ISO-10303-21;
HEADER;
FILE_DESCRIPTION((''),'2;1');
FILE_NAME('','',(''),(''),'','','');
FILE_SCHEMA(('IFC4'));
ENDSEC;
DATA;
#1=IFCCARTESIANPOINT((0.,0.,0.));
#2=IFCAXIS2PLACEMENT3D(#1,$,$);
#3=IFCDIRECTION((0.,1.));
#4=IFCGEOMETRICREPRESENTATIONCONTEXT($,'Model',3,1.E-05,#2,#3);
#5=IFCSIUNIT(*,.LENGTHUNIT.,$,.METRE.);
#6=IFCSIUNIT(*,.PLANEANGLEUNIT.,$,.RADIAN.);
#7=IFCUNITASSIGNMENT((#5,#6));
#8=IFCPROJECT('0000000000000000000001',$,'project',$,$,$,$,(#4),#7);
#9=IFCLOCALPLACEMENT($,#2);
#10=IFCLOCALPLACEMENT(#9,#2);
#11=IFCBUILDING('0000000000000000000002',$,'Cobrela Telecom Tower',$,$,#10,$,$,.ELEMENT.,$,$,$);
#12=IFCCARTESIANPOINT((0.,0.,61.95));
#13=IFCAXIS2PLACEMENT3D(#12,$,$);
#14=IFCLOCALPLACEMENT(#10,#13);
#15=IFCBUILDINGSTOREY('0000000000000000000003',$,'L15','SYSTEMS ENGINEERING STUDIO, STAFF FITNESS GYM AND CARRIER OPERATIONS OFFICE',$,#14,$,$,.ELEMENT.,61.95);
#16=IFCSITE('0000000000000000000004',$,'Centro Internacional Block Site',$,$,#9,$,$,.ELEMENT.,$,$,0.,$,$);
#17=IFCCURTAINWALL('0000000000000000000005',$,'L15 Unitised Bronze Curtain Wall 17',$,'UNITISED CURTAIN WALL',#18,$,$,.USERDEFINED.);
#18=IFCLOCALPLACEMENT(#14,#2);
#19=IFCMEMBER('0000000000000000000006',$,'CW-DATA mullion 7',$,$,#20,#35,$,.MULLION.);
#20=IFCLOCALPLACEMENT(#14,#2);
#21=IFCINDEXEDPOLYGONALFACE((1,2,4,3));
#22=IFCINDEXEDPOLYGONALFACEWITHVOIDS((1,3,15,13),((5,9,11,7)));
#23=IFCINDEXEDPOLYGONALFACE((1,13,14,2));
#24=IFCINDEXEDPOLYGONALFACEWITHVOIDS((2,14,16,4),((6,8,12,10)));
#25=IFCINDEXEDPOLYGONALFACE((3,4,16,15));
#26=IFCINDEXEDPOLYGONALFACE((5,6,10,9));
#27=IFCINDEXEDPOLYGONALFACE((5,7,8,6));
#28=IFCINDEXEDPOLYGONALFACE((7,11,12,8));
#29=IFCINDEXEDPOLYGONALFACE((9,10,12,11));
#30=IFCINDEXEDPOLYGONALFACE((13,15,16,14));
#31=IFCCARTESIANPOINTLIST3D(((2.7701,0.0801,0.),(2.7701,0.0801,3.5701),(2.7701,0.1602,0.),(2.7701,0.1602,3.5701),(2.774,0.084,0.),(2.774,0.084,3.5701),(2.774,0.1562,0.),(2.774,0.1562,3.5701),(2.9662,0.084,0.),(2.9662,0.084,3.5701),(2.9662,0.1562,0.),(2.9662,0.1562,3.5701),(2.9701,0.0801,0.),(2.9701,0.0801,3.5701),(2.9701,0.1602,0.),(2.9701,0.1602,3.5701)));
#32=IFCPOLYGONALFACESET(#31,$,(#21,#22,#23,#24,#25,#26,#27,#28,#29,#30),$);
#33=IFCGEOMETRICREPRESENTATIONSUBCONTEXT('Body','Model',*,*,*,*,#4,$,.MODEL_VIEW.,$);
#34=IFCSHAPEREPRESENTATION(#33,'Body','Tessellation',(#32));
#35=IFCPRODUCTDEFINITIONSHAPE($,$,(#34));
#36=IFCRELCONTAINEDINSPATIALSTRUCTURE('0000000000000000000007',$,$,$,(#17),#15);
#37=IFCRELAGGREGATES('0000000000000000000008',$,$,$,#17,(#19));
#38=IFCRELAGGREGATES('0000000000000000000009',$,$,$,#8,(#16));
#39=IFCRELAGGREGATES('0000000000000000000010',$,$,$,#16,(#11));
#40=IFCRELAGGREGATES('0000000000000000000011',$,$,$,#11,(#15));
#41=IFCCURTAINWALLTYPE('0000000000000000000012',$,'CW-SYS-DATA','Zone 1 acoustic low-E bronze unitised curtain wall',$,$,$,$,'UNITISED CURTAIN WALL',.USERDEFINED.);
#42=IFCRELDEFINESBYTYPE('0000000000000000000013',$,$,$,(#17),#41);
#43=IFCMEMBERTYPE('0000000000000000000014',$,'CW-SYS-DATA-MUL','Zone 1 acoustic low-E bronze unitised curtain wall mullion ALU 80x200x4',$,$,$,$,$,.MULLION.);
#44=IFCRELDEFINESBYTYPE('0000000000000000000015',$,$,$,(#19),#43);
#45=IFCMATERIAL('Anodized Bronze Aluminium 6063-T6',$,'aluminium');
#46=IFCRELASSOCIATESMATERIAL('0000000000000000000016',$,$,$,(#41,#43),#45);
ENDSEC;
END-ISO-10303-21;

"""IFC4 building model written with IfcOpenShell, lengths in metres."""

from ifc_helpers import new_model, si_unit, direction, frame, origin, origin_2d, place, context, subcontext, project, spatial, hollow_rectangle, extrude, material, material_profile, profile_set, type_object, element, aggregate, save


model = new_model("IFC4")

# Units and contexts
model_context = context("Model", 3, precision=1e-05, world=origin(), true_north=direction((0.0, 1.0)))
body_context = subcontext(model_context, "Body", "Model", "MODEL_VIEW")
ifc_project = project(units=[si_unit("LENGTHUNIT", "METRE"), si_unit("PLANEANGLEUNIT", "RADIAN")], contexts=[model_context])

# Site, building, storey
site_placement = place(None, origin())
site = spatial("IfcSite", under=ifc_project, at=site_placement, Name="Centro Internacional Block Site", CompositionType="ELEMENT", RefElevation=0.0)
building_placement = place(site_placement, origin())
building = spatial("IfcBuilding", under=site, at=building_placement, Name="Cobrela Telecom Tower", CompositionType="ELEMENT")
storey_placement = place(building_placement, frame((0.0, 0.0, 61.95)))
storey = spatial("IfcBuildingStorey", under=building, at=storey_placement, Name="L15", Description="SYSTEMS ENGINEERING STUDIO, STAFF FITNESS GYM AND CARRIER OPERATIONS OFFICE", CompositionType="ELEMENT", Elevation=61.95)

# Curtain wall, member
ifc_material_1 = material(Name="Anodized Bronze Aluminium 6063-T6", Category="aluminium")
curtain_wall_type = type_object("IfcCurtainWallType", Name="CW-SYS-DATA", Description="Zone 1 acoustic low-E bronze unitised curtain wall", ElementType="UNITISED CURTAIN WALL", PredefinedType="USERDEFINED", material=ifc_material_1)
curtain_wall_placement = place(storey_placement, origin())
curtain_wall = element("IfcCurtainWall", 1, at=curtain_wall_placement, inside=storey, type_object=curtain_wall_type, Name="L15 Unitised Bronze Curtain Wall 17", ObjectType="UNITISED CURTAIN WALL", PredefinedType="USERDEFINED")
ifc_material_profile = material_profile(ifc_material_1, hollow_rectangle(XDim=0.0801, YDim=0.2, WallThickness=0.0039, at=origin_2d()), Name="ALU 80x200x4")
ifc_profile_set = profile_set([ifc_material_profile], Name="Anodized Bronze Aluminium 6063-T6")
member_type = type_object("IfcMemberType", Name="CW-SYS-DATA-MUL", Description="Zone 1 acoustic low-E bronze unitised curtain wall mullion ALU 80x200x4", PredefinedType="MULLION", material=ifc_profile_set)
member_placement = place(storey_placement, frame((2.8701, 0.1201, 0.0), z_axis=(0.0, 0.0, 1.0), x_axis=(0.0, -1.0, 0.0)))
member = element("IfcMember", 2, at=member_placement, type_object=member_type, Name="CW-DATA mullion 7", PredefinedType="MULLION", context=body_context, shape_type="SweptSolid", body=[
    extrude(hollow_rectangle(XDim=0.0801, YDim=0.2, WallThickness=0.0039, at=origin_2d()), origin(), (0.0, 0.0, 1.0), 3.5701),
])
aggregate(curtain_wall, [member])

save(model, "model.ifc")
